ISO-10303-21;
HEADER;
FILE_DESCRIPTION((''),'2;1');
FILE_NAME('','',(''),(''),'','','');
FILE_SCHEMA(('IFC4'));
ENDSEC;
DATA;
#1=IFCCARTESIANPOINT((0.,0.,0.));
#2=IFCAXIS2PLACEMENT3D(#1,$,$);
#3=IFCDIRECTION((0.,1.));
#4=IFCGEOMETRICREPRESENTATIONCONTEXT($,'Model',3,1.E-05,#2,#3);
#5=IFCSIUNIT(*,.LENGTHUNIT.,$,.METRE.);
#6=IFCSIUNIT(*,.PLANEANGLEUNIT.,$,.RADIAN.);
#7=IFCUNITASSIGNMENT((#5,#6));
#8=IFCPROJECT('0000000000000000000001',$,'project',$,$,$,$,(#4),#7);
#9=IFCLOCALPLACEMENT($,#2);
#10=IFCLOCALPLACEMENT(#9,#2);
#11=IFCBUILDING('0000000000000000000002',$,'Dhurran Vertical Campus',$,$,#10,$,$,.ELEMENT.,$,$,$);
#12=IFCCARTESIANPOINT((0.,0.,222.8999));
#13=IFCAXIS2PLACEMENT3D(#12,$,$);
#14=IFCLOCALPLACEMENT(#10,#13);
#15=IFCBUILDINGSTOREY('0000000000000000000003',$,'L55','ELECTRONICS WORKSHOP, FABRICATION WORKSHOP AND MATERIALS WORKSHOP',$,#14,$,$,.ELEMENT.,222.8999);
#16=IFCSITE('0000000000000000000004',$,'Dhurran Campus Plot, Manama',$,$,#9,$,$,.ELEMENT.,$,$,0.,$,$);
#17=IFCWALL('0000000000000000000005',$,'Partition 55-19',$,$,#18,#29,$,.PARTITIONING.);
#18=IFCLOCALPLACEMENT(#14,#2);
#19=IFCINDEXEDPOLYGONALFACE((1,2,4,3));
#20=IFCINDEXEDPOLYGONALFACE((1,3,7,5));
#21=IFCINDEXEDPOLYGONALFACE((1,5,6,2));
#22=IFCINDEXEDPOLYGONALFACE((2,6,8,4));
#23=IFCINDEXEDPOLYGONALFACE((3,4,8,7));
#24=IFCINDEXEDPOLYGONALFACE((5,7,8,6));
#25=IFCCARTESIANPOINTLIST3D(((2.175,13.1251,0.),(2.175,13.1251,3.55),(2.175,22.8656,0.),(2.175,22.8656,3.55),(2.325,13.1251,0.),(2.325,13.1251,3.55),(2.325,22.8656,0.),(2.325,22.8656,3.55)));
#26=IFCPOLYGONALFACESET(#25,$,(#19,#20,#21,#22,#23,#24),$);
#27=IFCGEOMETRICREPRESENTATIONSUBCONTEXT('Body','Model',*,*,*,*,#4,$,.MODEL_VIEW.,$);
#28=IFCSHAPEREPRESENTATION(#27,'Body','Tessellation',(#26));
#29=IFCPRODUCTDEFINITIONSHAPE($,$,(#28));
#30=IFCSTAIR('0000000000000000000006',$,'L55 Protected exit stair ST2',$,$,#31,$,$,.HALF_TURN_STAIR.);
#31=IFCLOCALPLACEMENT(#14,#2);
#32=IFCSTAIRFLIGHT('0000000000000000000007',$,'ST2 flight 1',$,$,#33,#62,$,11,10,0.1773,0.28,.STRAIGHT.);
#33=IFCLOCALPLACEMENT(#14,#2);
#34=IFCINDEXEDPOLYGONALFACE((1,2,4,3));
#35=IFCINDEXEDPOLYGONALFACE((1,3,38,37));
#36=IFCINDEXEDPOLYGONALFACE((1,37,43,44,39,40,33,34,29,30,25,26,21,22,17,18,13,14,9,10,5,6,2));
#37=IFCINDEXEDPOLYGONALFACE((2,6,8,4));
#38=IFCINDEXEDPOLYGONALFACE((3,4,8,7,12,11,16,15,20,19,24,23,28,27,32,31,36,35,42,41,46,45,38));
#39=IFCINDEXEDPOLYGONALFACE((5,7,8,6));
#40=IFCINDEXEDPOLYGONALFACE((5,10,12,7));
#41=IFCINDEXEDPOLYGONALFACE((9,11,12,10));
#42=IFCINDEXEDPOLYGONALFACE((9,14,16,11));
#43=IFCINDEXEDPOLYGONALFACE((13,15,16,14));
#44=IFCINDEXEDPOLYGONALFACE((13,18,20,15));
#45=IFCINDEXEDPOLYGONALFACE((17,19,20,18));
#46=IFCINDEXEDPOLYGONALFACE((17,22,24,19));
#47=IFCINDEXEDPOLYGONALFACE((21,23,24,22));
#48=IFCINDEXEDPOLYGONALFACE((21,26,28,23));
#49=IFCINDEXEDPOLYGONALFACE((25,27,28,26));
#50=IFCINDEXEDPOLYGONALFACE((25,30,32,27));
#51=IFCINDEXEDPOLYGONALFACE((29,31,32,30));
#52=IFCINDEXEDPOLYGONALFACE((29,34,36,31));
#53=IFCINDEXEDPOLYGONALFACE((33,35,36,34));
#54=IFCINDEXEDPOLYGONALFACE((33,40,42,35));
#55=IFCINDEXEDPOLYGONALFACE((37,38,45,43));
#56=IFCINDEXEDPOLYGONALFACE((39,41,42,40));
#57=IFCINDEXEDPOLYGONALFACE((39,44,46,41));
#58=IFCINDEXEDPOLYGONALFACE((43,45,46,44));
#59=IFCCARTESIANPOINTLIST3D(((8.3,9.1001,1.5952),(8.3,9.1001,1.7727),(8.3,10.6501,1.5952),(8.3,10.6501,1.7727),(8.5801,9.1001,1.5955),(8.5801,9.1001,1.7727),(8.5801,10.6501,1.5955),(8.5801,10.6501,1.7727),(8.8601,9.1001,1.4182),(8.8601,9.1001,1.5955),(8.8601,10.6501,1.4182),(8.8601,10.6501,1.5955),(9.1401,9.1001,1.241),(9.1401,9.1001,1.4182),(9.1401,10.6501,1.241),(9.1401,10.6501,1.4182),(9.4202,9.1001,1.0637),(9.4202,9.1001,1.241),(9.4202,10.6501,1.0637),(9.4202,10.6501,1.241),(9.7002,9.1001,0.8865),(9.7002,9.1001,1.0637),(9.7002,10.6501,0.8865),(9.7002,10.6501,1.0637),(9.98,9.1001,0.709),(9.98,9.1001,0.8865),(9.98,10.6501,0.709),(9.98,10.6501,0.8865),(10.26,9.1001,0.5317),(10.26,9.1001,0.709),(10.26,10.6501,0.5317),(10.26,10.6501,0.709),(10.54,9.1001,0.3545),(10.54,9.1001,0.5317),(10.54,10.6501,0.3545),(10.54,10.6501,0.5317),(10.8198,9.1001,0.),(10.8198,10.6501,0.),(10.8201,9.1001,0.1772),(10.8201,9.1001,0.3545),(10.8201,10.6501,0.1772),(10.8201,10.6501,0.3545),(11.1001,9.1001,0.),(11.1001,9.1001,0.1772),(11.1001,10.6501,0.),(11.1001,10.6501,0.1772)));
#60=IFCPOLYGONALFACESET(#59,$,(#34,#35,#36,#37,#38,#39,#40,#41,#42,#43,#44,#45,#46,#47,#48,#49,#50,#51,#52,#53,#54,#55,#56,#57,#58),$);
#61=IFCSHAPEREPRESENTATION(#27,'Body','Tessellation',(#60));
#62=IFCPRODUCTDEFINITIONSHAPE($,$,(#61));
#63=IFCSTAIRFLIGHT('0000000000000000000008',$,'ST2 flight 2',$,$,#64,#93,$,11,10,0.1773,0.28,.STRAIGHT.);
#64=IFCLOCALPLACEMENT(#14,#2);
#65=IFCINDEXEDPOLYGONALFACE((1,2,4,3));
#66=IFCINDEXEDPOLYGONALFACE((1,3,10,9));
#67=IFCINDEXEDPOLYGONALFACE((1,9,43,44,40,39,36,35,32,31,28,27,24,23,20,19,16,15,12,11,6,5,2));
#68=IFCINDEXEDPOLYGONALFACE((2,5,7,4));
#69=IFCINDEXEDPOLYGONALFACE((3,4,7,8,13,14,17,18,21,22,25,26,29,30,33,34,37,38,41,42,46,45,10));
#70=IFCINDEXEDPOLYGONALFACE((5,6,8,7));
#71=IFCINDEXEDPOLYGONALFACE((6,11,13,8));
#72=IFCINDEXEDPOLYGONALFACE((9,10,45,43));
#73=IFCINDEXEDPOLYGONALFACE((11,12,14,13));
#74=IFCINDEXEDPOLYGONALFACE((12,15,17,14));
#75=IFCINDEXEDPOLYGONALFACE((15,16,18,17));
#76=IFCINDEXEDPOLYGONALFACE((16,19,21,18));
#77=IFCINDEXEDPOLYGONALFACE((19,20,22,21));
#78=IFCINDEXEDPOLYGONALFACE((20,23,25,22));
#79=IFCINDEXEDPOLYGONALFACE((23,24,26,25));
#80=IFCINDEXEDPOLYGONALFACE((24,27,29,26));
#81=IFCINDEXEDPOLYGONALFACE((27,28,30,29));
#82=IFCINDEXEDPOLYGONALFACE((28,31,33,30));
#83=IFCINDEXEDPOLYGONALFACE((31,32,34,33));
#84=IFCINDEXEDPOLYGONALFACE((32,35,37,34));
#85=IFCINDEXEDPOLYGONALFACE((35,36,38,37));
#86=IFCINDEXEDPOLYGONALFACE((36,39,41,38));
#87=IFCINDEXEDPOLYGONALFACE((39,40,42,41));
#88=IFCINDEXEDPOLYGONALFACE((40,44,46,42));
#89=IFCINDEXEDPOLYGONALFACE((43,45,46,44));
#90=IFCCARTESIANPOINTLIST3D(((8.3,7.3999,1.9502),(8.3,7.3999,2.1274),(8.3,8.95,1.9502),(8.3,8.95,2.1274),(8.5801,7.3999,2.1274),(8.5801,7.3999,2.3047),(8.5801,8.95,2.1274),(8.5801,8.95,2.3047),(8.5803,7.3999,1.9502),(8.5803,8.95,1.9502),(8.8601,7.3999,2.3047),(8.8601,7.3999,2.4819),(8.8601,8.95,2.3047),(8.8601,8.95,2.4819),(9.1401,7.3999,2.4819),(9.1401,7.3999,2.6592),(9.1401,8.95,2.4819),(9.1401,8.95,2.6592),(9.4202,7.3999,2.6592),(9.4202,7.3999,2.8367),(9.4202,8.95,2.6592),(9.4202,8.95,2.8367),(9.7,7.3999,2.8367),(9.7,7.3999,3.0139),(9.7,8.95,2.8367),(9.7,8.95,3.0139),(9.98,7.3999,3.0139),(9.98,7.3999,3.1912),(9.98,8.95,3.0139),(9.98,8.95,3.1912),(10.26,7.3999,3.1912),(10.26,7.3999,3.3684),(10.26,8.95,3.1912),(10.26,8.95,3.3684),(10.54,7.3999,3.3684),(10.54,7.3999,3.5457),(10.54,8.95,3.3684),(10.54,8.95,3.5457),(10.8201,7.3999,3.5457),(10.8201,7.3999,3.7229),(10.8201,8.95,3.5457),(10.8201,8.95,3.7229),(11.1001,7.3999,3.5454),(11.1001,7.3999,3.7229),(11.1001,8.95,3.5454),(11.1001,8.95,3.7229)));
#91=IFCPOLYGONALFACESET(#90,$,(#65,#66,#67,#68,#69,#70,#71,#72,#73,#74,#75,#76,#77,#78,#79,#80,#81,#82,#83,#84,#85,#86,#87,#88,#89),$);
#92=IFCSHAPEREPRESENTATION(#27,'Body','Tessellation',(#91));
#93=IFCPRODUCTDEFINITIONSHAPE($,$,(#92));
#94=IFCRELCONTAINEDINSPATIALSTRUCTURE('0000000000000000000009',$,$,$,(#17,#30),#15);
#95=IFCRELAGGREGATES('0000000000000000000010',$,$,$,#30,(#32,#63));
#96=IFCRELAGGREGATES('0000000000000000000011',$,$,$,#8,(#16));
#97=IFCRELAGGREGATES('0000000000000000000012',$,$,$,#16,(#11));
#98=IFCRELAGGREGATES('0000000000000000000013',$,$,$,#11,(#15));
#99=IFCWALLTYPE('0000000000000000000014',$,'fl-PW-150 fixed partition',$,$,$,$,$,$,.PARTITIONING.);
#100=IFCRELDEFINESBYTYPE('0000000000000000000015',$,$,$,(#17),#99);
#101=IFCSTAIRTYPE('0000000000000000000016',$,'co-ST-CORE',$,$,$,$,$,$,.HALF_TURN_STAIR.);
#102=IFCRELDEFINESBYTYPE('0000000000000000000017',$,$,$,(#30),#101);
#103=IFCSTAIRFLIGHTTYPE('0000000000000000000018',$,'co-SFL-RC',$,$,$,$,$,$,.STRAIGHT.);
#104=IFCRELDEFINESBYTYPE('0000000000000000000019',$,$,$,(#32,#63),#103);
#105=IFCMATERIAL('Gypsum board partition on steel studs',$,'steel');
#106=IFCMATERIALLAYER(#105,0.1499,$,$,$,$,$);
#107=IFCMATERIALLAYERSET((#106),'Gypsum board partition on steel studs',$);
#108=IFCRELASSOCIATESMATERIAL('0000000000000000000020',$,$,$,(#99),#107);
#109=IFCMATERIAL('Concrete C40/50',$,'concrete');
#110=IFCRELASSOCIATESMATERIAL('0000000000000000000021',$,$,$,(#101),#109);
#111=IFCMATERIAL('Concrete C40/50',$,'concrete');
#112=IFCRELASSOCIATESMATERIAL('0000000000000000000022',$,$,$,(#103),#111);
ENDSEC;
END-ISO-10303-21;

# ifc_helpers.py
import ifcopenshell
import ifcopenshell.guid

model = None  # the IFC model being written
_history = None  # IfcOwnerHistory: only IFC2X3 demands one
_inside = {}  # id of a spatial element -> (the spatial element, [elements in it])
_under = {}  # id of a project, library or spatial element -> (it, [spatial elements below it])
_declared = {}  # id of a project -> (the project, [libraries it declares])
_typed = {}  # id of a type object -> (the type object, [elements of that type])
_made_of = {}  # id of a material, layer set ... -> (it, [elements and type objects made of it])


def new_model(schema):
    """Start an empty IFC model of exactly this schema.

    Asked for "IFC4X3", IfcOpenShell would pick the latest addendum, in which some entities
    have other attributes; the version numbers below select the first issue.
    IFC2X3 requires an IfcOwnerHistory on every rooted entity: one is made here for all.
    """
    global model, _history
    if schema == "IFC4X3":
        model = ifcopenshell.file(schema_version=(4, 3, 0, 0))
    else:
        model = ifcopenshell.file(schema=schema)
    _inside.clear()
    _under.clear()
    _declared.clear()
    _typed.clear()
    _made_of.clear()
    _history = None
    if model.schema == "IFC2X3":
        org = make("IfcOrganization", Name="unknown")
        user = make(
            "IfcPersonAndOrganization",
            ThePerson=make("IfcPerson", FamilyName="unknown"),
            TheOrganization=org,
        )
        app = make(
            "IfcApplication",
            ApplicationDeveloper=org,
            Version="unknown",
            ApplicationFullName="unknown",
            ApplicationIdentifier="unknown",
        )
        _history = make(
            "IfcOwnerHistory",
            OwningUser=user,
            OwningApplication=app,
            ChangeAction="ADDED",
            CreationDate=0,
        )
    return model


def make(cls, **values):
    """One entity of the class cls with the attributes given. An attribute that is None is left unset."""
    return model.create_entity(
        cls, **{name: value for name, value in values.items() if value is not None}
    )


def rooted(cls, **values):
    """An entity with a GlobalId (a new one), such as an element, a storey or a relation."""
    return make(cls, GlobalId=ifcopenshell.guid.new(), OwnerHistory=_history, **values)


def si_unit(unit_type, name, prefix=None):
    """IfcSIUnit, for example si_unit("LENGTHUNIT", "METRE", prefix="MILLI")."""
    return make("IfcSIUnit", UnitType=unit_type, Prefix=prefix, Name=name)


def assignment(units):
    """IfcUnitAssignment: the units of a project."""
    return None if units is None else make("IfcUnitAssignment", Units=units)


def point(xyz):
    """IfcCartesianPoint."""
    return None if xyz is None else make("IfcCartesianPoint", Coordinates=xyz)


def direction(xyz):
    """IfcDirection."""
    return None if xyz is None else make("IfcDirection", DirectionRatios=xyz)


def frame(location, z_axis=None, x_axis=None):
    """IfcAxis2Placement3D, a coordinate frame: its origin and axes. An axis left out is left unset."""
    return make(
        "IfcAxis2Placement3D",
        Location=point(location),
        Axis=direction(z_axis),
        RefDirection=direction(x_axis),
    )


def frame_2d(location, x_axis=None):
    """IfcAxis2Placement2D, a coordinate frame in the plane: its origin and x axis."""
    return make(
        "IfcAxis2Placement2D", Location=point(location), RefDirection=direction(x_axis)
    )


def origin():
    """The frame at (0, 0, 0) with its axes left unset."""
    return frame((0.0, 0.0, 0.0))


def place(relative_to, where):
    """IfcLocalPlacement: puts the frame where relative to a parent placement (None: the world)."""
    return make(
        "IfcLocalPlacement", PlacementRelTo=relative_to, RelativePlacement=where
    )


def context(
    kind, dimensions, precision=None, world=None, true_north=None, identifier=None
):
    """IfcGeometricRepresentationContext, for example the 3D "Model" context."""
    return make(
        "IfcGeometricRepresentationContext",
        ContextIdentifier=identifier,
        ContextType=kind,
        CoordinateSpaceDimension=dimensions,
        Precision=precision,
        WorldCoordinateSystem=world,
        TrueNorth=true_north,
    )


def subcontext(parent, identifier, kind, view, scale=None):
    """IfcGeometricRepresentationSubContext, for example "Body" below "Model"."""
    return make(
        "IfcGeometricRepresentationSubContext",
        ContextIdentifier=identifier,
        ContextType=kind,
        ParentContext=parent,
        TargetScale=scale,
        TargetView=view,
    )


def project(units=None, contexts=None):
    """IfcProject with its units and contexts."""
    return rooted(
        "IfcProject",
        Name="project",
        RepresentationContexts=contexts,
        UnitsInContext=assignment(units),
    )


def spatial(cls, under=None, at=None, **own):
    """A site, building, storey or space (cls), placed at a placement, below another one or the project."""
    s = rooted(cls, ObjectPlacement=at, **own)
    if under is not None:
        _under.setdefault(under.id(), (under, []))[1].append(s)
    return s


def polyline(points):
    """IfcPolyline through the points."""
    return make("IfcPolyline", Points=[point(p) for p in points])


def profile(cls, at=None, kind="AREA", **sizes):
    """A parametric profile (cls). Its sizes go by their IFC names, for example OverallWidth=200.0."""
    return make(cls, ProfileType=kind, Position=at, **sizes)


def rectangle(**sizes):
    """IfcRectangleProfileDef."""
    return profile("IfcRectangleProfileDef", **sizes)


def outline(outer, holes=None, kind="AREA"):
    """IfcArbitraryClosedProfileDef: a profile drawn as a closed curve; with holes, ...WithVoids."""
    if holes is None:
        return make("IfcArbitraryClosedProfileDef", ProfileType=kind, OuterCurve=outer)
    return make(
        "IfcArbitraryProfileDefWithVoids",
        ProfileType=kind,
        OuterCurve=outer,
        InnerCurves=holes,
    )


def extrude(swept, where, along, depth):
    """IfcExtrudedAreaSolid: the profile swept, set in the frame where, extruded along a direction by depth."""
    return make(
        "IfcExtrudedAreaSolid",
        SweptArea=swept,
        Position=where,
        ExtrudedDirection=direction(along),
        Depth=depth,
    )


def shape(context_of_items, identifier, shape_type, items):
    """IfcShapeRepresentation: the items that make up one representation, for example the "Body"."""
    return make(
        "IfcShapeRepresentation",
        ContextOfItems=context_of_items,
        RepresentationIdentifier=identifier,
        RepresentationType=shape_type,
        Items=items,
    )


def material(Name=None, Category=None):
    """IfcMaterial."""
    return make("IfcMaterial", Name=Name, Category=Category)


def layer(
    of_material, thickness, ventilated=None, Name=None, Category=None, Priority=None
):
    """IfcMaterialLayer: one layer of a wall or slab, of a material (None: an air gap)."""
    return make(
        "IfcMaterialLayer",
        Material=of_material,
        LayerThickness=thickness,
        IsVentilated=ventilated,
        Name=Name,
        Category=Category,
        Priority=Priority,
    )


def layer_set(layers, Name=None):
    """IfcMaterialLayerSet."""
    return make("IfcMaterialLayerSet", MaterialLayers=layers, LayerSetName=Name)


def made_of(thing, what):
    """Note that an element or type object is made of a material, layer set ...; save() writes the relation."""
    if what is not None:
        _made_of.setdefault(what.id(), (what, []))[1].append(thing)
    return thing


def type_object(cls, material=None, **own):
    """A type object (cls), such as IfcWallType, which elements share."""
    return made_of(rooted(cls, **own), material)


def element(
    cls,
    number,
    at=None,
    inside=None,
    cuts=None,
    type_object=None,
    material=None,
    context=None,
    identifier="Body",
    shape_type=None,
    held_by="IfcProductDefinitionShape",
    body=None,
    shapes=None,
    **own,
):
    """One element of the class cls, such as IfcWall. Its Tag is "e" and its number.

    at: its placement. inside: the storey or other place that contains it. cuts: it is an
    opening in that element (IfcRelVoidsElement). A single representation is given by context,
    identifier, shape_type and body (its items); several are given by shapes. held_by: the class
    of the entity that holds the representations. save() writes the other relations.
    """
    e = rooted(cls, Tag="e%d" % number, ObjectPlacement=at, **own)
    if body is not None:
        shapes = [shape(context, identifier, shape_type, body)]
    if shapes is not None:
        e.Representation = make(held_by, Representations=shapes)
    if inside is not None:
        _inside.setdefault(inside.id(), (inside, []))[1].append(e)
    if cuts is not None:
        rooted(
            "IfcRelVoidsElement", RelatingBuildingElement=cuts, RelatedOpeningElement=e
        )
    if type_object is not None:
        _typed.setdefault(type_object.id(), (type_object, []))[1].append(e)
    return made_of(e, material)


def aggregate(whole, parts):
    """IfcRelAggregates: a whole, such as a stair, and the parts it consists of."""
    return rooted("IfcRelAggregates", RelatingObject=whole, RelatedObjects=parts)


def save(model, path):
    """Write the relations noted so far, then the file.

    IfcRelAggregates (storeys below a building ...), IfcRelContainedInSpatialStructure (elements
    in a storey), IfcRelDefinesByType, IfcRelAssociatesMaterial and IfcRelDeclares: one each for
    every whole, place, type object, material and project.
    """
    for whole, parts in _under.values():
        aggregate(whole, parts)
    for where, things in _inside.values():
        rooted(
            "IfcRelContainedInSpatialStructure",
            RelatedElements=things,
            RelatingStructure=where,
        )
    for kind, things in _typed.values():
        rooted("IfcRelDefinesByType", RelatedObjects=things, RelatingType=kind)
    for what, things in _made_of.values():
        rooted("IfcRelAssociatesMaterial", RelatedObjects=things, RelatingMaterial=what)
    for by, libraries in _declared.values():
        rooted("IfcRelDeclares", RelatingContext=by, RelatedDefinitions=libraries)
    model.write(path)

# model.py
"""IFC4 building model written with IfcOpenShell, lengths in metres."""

from ifc_helpers import new_model, si_unit, direction, frame, frame_2d, origin, place, context, subcontext, project, spatial, polyline, rectangle, outline, extrude, material, layer, layer_set, type_object, element, aggregate, save


model = new_model("IFC4")

# Units and contexts
model_context = context("Model", 3, precision=1e-05, world=origin(), true_north=direction((0.0, 1.0)))
body_context = subcontext(model_context, "Body", "Model", "MODEL_VIEW")
ifc_project = project(units=[si_unit("LENGTHUNIT", "METRE"), si_unit("PLANEANGLEUNIT", "RADIAN")], contexts=[model_context])

# Site, building, storey
site_placement = place(None, origin())
site = spatial("IfcSite", under=ifc_project, at=site_placement, Name="Dhurran Campus Plot, Manama", CompositionType="ELEMENT", RefElevation=0.0)
building_placement = place(site_placement, origin())
building = spatial("IfcBuilding", under=site, at=building_placement, Name="Dhurran Vertical Campus", CompositionType="ELEMENT")
storey_placement = place(building_placement, frame((0.0, 0.0, 222.8999)))
storey = spatial("IfcBuildingStorey", under=building, at=storey_placement, Name="L55", Description="ELECTRONICS WORKSHOP, FABRICATION WORKSHOP AND MATERIALS WORKSHOP", CompositionType="ELEMENT", Elevation=222.8999)

# Wall
ifc_material_1 = material(Name="Gypsum board partition on steel studs", Category="steel")
ifc_layer_1 = layer(ifc_material_1, 0.1499)
ifc_layer_set_1 = layer_set([ifc_layer_1], Name="Gypsum board partition on steel studs")
wall_type_1 = type_object("IfcWallType", Name="fl-PW-150 fixed partition", PredefinedType="PARTITIONING", material=ifc_layer_set_1)
wall_1_placement = place(storey_placement, frame((2.25, 22.8655, 0.0), z_axis=(0.0, 0.0, 1.0), x_axis=(0.0, -1.0, 0.0)))
element("IfcWall", 1, at=wall_1_placement, inside=storey, type_object=wall_type_1, Name="Partition 55-19", PredefinedType="PARTITIONING", context=body_context, shape_type="SweptSolid", body=[
    extrude(rectangle(XDim=9.7405, YDim=0.1499, at=frame_2d((4.8701, 0.0))), origin(), (0.0, 0.0, 1.0), 3.55),
])

# Stair, stair flights
ifc_material_2 = material(Name="Concrete C40/50", Category="concrete")
stair_type = type_object("IfcStairType", Name="co-ST-CORE", PredefinedType="HALF_TURN_STAIR", material=ifc_material_2)
stair_placement = place(storey_placement, origin())
stair = element("IfcStair", 2, at=stair_placement, inside=storey, type_object=stair_type, Name="L55 Protected exit stair ST2", PredefinedType="HALF_TURN_STAIR")
ifc_material_3 = material(Name="Concrete C40/50", Category="concrete")
stair_flight_type = type_object("IfcStairFlightType", Name="co-SFL-RC", PredefinedType="STRAIGHT", material=ifc_material_3)
stair_flight_1_placement = place(storey_placement, frame((11.1001, 9.875, 0.0), z_axis=(0.0, 0.0, 1.0), x_axis=(-1.0, 0.0, 0.0)))
stair_flight_1 = element("IfcStairFlight", 3, at=stair_flight_1_placement, type_object=stair_flight_type, Name="ST2 flight 1", NumberOfRisers=11, NumberOfTreads=10, PredefinedType="STRAIGHT", RiserHeight=0.1773, TreadLength=0.28, context=body_context, shape_type="SweptSolid", body=[
    extrude(outline(polyline([(0.0, 0.0), (0.0, 0.1772), (0.28, 0.1772), (0.28, 0.3545), (0.5601, 0.3545), (0.5601, 0.5317), (0.8401, 0.5317), (0.8401, 0.709), (1.1201, 0.709), (1.1201, 0.8865), (1.3999, 0.8865), (1.3999, 1.0637), (1.6799, 1.0637), (1.6799, 1.241), (1.96, 1.241), (1.96, 1.4182), (2.24, 1.4182), (2.24, 1.5955), (2.52, 1.5955), (2.52, 1.7727), (2.8, 1.7727), (2.8, 1.95), (2.8, 1.5952), (0.2803, 0.0), (0.0, 0.0)])), frame((0.0, 0.7749, 0.0), z_axis=(0.0, -1.0, 0.0), x_axis=(1.0, 0.0, 0.0)), (0.0, 0.0, 1.0), 1.55),
])
stair_flight_2_placement = place(storey_placement, frame((8.3, 8.175, 1.9502), z_axis=(0.0, 0.0, 1.0), x_axis=(1.0, 0.0, 0.0)))
stair_flight_2 = element("IfcStairFlight", 4, at=stair_flight_2_placement, type_object=stair_flight_type, Name="ST2 flight 2", NumberOfRisers=11, NumberOfTreads=10, PredefinedType="STRAIGHT", RiserHeight=0.1773, TreadLength=0.28, context=body_context, shape_type="SweptSolid", body=[
    extrude(outline(polyline([(0.0, 0.0), (0.0, 0.1772), (0.28, 0.1772), (0.28, 0.3545), (0.5601, 0.3545), (0.5601, 0.5317), (0.8401, 0.5317), (0.8401, 0.709), (1.1201, 0.709), (1.1201, 0.8865), (1.3999, 0.8865), (1.3999, 1.0637), (1.6799, 1.0637), (1.6799, 1.241), (1.96, 1.241), (1.96, 1.4182), (2.24, 1.4182), (2.24, 1.5955), (2.52, 1.5955), (2.52, 1.7727), (2.8, 1.7727), (2.8, 1.95), (2.8, 1.5952), (0.2803, 0.0), (0.0, 0.0)])), frame((0.0, 0.7749, 0.0), z_axis=(0.0, -1.0, 0.0), x_axis=(1.0, 0.0, 0.0)), (0.0, 0.0, 1.0), 1.55),
])
aggregate(stair, [stair_flight_1, stair_flight_2])

save(model, "model.ifc")
